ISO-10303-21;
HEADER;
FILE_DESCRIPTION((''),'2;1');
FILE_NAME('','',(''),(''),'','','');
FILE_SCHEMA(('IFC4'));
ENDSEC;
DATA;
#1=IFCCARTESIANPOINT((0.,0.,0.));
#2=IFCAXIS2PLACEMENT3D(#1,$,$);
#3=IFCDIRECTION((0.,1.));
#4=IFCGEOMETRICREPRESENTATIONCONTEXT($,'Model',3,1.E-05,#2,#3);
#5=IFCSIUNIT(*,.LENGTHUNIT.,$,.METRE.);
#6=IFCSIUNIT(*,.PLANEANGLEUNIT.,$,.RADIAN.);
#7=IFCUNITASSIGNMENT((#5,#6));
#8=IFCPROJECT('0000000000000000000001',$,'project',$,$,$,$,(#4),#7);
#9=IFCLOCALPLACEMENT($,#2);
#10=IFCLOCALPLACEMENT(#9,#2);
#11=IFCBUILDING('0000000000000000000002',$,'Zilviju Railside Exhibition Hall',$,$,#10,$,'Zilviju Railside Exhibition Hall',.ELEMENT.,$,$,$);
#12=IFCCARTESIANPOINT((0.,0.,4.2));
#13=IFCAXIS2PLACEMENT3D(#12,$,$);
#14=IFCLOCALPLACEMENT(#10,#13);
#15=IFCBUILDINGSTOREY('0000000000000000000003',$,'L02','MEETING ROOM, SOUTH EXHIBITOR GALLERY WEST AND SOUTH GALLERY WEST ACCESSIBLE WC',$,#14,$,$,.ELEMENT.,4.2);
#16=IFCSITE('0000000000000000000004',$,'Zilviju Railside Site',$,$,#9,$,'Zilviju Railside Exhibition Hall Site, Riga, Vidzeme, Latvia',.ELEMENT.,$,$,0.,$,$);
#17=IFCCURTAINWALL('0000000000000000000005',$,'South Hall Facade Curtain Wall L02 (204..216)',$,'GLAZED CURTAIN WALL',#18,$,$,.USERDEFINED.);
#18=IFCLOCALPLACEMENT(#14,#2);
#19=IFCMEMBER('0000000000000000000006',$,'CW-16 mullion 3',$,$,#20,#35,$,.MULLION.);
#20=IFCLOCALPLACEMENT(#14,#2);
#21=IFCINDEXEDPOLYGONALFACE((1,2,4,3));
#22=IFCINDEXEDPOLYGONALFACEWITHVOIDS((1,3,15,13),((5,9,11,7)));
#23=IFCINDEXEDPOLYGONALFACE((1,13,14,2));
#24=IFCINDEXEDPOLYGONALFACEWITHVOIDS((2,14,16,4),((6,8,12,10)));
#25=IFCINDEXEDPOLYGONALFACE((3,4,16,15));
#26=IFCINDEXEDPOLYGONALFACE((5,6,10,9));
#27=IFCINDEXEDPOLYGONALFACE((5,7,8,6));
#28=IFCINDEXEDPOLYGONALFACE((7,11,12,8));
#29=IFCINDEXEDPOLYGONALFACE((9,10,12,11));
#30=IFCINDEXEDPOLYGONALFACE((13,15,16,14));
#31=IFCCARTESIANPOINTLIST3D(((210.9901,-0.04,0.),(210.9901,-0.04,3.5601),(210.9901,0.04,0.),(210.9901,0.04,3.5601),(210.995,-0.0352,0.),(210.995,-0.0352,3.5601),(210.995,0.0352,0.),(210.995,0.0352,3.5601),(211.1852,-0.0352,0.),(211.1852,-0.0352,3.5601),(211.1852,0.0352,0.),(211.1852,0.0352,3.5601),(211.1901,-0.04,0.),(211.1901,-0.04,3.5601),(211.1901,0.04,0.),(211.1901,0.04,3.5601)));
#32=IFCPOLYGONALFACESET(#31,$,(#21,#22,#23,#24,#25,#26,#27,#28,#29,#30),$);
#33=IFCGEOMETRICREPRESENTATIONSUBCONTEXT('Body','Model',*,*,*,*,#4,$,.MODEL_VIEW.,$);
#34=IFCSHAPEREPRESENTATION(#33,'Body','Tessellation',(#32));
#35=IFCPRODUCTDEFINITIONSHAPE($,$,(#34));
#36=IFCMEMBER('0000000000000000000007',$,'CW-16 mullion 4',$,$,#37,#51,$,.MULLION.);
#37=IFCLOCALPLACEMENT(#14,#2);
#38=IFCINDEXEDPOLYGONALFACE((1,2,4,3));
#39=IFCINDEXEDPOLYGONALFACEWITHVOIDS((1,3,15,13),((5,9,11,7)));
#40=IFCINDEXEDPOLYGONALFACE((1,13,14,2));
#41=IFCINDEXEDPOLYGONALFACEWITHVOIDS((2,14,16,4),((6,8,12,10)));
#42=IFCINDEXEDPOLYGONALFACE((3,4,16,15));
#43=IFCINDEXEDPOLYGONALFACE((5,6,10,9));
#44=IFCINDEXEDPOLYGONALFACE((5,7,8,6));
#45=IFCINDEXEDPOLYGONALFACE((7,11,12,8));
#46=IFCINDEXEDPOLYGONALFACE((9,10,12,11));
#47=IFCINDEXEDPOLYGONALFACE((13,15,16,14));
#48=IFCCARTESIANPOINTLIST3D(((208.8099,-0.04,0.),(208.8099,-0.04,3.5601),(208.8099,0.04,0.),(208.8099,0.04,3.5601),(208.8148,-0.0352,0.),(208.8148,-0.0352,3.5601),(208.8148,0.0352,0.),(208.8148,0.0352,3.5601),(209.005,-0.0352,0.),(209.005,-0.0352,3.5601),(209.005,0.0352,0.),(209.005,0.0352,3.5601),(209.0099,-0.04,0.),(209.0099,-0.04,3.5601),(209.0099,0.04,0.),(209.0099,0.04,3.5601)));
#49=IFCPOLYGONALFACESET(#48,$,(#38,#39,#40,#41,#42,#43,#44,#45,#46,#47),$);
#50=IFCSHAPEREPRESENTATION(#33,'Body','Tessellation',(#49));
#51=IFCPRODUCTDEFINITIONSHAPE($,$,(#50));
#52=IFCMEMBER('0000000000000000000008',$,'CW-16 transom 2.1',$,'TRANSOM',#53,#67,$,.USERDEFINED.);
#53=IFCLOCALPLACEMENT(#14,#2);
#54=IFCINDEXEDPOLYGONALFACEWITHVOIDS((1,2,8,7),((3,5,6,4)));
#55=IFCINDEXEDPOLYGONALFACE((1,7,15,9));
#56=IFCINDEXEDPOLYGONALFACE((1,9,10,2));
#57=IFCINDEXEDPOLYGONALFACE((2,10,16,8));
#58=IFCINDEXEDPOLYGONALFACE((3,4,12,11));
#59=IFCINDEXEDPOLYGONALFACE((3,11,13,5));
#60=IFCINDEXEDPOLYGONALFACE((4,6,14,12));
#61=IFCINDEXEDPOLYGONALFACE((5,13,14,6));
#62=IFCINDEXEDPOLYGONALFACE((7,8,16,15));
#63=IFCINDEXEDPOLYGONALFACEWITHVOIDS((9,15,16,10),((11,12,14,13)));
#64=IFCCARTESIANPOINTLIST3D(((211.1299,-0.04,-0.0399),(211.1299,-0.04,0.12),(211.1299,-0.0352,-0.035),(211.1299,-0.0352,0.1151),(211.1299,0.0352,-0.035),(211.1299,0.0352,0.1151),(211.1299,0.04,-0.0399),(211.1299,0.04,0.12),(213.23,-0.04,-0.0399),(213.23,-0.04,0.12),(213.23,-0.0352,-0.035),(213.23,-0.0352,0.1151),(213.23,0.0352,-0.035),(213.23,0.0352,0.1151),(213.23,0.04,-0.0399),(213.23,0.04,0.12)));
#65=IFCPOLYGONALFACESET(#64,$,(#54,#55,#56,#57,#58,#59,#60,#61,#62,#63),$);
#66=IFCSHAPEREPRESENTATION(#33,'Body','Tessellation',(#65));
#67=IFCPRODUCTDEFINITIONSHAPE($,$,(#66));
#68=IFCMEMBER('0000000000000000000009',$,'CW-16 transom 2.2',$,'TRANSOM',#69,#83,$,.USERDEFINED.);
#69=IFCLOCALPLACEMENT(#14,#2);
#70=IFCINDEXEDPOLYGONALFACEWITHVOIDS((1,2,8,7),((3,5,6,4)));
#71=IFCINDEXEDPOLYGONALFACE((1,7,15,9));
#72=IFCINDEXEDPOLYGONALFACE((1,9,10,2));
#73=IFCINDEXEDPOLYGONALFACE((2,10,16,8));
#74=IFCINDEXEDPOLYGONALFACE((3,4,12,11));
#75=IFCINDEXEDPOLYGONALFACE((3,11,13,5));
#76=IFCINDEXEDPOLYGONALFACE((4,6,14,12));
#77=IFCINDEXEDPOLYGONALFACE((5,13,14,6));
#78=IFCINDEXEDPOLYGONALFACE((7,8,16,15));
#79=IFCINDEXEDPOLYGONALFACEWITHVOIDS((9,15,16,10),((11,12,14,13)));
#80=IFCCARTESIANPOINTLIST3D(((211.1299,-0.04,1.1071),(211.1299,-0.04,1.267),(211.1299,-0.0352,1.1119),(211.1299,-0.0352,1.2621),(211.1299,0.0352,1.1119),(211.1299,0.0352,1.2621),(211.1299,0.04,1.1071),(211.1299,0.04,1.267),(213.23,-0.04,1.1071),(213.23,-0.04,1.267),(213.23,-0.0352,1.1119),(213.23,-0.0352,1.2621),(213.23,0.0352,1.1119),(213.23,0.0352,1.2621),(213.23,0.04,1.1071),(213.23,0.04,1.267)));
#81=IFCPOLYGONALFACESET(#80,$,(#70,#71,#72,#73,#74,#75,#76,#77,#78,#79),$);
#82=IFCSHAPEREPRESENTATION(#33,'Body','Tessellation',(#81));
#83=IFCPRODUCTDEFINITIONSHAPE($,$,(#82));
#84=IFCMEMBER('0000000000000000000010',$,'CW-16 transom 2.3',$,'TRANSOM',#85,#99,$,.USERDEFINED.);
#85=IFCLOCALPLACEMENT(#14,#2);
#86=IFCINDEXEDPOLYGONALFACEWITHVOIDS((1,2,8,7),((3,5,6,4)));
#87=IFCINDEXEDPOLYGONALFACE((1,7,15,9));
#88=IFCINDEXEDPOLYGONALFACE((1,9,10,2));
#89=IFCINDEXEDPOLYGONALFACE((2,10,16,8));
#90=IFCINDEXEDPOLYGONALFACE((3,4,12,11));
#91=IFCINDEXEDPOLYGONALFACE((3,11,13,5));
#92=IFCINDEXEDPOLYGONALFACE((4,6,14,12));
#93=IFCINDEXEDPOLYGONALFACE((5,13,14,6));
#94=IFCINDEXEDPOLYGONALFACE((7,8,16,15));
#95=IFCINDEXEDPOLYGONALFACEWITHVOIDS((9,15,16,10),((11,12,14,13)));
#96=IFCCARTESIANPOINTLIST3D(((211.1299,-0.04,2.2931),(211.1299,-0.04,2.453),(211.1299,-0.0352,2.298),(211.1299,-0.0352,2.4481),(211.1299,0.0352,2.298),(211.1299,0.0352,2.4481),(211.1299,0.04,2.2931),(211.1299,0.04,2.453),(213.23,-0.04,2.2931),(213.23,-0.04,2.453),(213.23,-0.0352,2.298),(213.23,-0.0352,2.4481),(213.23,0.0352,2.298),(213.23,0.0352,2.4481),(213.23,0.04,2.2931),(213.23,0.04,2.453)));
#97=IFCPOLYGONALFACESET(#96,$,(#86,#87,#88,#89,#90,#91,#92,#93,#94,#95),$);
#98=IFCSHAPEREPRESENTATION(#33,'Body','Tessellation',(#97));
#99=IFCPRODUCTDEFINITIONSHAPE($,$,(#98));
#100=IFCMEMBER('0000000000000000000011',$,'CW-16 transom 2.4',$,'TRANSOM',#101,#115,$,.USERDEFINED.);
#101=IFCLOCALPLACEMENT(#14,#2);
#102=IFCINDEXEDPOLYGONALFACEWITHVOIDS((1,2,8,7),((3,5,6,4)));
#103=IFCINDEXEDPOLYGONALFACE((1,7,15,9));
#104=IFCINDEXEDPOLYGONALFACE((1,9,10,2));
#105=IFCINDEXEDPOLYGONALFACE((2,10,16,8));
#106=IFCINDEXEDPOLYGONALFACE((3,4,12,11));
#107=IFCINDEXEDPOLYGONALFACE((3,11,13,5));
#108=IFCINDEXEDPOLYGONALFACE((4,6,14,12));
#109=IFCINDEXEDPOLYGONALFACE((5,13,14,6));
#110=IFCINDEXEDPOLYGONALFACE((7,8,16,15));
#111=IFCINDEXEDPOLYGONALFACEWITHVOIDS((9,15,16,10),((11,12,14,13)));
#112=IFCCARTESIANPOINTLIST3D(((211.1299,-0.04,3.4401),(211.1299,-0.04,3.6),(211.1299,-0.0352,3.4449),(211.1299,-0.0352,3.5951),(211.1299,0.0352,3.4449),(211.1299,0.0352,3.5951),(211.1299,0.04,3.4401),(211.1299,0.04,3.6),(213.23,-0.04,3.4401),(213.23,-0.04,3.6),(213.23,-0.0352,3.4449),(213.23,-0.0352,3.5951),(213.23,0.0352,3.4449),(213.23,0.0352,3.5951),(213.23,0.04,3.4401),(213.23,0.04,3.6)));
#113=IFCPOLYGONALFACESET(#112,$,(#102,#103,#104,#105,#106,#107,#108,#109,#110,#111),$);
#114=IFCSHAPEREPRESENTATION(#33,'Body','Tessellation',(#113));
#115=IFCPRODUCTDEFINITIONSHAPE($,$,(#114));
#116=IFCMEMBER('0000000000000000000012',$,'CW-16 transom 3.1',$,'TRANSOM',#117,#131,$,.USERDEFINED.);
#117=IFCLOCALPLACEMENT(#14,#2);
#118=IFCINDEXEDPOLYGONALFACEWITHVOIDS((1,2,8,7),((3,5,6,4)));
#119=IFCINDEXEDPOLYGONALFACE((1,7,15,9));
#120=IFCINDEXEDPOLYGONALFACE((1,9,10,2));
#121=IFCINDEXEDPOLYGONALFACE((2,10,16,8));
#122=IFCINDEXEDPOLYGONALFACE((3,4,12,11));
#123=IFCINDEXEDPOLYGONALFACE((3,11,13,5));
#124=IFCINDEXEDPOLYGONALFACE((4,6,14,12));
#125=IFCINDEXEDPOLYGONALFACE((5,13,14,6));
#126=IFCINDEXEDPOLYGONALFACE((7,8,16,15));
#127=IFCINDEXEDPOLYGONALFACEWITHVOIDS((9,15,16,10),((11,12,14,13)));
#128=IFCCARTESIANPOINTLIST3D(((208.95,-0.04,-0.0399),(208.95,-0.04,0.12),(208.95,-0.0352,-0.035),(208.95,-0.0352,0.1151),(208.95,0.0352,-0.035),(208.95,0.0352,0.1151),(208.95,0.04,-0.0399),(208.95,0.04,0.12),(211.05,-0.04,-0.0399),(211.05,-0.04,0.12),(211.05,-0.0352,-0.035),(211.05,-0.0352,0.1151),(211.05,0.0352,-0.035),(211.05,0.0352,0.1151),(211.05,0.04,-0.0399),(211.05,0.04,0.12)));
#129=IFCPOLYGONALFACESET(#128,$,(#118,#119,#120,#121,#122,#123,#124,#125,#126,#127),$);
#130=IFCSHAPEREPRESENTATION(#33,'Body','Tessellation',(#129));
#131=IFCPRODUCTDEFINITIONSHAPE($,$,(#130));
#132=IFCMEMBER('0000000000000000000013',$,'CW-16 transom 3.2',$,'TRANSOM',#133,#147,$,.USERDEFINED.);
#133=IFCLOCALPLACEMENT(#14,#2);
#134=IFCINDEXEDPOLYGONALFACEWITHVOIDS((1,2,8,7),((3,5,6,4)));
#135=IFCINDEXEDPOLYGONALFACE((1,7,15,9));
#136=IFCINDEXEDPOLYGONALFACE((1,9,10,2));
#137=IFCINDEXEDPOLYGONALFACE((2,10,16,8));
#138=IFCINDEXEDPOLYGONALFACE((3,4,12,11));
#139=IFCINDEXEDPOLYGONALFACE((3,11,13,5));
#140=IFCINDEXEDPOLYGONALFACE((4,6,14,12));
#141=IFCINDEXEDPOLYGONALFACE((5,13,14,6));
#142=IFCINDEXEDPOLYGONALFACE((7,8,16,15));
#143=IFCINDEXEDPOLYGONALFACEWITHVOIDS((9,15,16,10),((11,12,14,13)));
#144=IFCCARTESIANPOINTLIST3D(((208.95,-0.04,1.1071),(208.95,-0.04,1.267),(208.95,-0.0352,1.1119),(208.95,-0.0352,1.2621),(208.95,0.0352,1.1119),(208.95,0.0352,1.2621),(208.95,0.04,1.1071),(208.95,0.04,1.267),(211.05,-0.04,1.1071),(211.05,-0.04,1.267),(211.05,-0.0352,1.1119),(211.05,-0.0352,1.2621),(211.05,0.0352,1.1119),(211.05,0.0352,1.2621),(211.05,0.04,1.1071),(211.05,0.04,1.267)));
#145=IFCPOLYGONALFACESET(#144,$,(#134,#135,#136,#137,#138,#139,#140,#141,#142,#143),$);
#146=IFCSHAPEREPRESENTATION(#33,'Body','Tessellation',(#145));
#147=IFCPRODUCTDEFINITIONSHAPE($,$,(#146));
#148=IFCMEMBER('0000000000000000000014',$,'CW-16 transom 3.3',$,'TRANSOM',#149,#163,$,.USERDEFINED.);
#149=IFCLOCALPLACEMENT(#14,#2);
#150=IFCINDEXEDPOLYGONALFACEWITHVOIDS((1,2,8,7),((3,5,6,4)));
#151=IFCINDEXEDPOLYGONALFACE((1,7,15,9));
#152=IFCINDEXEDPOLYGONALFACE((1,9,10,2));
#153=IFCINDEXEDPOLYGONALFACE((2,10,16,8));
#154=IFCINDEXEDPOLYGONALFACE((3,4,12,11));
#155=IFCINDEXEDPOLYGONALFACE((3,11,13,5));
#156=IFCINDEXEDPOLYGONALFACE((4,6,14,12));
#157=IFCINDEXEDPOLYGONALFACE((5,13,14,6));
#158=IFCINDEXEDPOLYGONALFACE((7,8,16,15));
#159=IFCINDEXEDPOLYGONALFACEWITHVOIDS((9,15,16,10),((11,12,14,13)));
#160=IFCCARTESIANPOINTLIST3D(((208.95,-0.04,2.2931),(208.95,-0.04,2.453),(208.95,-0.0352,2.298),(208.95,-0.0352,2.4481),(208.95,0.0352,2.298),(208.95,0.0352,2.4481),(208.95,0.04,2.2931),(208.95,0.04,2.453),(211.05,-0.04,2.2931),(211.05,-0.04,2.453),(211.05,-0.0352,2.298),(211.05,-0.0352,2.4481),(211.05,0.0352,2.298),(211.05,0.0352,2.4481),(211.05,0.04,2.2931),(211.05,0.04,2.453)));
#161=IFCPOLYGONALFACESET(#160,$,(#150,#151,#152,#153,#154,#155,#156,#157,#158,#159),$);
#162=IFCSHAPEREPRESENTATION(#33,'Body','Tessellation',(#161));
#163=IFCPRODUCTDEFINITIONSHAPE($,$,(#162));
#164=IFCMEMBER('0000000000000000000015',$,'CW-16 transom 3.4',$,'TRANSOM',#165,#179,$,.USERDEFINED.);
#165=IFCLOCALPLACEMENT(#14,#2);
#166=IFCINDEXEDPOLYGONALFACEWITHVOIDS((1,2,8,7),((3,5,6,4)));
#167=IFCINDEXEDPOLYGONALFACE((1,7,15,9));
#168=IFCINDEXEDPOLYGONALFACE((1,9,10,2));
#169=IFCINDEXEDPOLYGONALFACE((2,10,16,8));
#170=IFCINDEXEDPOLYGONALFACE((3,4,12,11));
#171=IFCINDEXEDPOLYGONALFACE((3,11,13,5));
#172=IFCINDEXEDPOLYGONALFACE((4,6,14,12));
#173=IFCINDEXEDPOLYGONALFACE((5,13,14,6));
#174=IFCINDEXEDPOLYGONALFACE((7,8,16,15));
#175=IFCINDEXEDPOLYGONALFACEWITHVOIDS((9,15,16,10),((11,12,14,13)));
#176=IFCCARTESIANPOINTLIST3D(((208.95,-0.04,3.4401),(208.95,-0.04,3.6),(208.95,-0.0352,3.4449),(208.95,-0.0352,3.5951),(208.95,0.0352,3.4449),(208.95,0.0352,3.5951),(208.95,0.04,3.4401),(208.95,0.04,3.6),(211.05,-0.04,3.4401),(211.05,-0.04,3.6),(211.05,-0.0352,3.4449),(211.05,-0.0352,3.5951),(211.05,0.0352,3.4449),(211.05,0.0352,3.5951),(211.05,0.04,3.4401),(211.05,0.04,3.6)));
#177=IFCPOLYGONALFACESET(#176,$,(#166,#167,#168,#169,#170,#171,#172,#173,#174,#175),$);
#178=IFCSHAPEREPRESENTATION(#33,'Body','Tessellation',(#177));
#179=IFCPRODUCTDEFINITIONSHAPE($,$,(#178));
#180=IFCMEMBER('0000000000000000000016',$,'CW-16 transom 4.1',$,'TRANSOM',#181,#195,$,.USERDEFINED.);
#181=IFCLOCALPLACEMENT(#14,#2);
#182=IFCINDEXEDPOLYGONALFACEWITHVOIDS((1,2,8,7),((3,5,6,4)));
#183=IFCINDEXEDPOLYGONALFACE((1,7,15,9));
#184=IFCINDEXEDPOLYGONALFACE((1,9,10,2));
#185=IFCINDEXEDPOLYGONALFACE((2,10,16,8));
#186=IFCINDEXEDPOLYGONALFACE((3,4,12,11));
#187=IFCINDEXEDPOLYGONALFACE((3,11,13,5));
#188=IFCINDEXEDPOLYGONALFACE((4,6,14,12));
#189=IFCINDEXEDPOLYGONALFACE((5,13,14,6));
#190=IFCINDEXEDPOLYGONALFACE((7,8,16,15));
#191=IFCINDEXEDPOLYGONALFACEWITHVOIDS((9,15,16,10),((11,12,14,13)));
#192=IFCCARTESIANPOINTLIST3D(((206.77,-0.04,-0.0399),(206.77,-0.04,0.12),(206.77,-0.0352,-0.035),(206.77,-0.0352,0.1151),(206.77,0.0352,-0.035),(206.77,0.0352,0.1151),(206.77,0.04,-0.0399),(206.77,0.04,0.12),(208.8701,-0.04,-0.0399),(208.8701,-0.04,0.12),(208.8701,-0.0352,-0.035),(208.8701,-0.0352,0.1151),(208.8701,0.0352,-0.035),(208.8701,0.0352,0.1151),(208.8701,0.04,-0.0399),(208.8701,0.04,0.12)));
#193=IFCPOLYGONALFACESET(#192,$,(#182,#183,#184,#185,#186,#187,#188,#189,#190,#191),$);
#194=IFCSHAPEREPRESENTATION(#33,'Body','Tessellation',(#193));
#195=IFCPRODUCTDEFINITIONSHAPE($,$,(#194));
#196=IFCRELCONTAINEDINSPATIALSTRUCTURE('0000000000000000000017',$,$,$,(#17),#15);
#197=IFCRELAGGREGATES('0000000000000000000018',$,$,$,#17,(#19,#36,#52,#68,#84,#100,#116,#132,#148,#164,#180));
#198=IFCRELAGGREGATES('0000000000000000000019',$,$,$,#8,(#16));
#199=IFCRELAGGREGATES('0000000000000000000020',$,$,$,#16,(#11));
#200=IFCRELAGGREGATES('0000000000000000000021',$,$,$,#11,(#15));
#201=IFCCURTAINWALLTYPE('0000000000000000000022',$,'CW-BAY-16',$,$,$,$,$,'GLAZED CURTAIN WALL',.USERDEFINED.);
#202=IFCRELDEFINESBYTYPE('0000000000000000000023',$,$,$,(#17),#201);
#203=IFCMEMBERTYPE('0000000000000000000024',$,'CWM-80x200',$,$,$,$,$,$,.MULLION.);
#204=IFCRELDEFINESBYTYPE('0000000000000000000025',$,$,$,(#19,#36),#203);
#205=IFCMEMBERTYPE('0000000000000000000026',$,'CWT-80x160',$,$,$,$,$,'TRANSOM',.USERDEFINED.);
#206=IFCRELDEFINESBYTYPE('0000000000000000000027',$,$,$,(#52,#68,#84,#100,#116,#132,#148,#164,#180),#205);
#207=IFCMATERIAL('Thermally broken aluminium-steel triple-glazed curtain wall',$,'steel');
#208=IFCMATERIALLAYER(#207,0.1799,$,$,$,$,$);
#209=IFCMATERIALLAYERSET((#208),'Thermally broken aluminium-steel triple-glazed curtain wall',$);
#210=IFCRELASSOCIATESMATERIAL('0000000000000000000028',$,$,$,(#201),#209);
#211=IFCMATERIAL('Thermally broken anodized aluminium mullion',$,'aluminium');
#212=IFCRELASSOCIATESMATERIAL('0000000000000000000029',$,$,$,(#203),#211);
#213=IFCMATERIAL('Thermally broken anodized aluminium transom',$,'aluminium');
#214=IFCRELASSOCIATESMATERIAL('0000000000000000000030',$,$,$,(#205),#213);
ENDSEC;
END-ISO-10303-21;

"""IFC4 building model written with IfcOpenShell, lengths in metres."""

from ifc_helpers import new_model, si_unit, direction, frame, origin, origin_2d, place, context, subcontext, project, spatial, hollow_rectangle, extrude, material, layer, layer_set, material_profile, profile_set, type_object, element, aggregate, save


model = new_model("IFC4")

# Units and contexts
model_context = context("Model", 3, precision=1e-05, world=origin(), true_north=direction((0.0, 1.0)))
body_context = subcontext(model_context, "Body", "Model", "MODEL_VIEW")
ifc_project = project(units=[si_unit("LENGTHUNIT", "METRE"), si_unit("PLANEANGLEUNIT", "RADIAN")], contexts=[model_context])

# Site, building, storey
site_placement = place(None, origin())
site = spatial("IfcSite", under=ifc_project, at=site_placement, Name="Zilviju Railside Site", LongName="Zilviju Railside Exhibition Hall Site, Riga, Vidzeme, Latvia", CompositionType="ELEMENT", RefElevation=0.0)
building_placement = place(site_placement, origin())
building = spatial("IfcBuilding", under=site, at=building_placement, Name="Zilviju Railside Exhibition Hall", LongName="Zilviju Railside Exhibition Hall", CompositionType="ELEMENT")
storey_placement = place(building_placement, frame((0.0, 0.0, 4.2)))
storey = spatial("IfcBuildingStorey", under=building, at=storey_placement, Name="L02", Description="MEETING ROOM, SOUTH EXHIBITOR GALLERY WEST AND SOUTH GALLERY WEST ACCESSIBLE WC", CompositionType="ELEMENT", Elevation=4.2)

# Curtain wall, members
ifc_material_1 = material(Name="Thermally broken aluminium-steel triple-glazed curtain wall", Category="steel")
ifc_layer_1 = layer(ifc_material_1, 0.1799)
ifc_layer_set_1 = layer_set([ifc_layer_1], Name="Thermally broken aluminium-steel triple-glazed curtain wall")
curtain_wall_type = type_object("IfcCurtainWallType", Name="CW-BAY-16", ElementType="GLAZED CURTAIN WALL", PredefinedType="USERDEFINED", material=ifc_layer_set_1)
curtain_wall_placement = place(storey_placement, origin())
curtain_wall = element("IfcCurtainWall", 1, at=curtain_wall_placement, inside=storey, type_object=curtain_wall_type, Name="South Hall Facade Curtain Wall L02 (204..216)", ObjectType="GLAZED CURTAIN WALL", PredefinedType="USERDEFINED")
ifc_material_2 = material(Name="Thermally broken anodized aluminium mullion", Category="aluminium")
ifc_material_profile_1 = material_profile(ifc_material_2, hollow_rectangle(XDim=0.0801, YDim=0.2, WallThickness=0.0049, at=origin_2d()), Name="MULLION 200x80x5")
ifc_profile_set_1 = profile_set([ifc_material_profile_1], Name="Thermally broken anodized aluminium mullion")
member_type_1 = type_object("IfcMemberType", Name="CWM-80x200", PredefinedType="MULLION", material=ifc_profile_set_1)
member_1_placement = place(storey_placement, frame((211.0901, 0.0, 0.0), z_axis=(0.0, 0.0, 1.0), x_axis=(0.0, -1.0, 0.0)))
member_1 = element("IfcMember", 2, at=member_1_placement, type_object=member_type_1, Name="CW-16 mullion 3", PredefinedType="MULLION", context=body_context, shape_type="SweptSolid", body=[
    extrude(hollow_rectangle(XDim=0.0801, YDim=0.2, WallThickness=0.0049, at=origin_2d()), origin(), (0.0, 0.0, 1.0), 3.5601),
])
member_2_placement = place(storey_placement, frame((208.9099, 0.0, 0.0), z_axis=(0.0, 0.0, 1.0), x_axis=(0.0, -1.0, 0.0)))
member_2 = element("IfcMember", 3, at=member_2_placement, type_object=member_type_1, Name="CW-16 mullion 4", PredefinedType="MULLION", context=body_context, shape_type="SweptSolid", body=[
    extrude(hollow_rectangle(XDim=0.0801, YDim=0.2, WallThickness=0.0049, at=origin_2d()), origin(), (0.0, 0.0, 1.0), 3.5601),
])
ifc_material_3 = material(Name="Thermally broken anodized aluminium transom", Category="aluminium")
ifc_material_profile_2 = material_profile(ifc_material_3, hollow_rectangle(XDim=0.0801, YDim=0.1599, WallThickness=0.0049, at=origin_2d()), Name="TRANSOM 160x80x5")
ifc_profile_set_2 = profile_set([ifc_material_profile_2], Name="Thermally broken anodized aluminium transom")
member_type_2 = type_object("IfcMemberType", Name="CWT-80x160", ElementType="TRANSOM", PredefinedType="USERDEFINED", material=ifc_profile_set_2)
member_3_placement = place(storey_placement, frame((213.23, 0.0, 0.04), z_axis=(-1.0, 0.0, 0.0), x_axis=(0.0, -1.0, 0.0)))
member_3 = element("IfcMember", 4, at=member_3_placement, type_object=member_type_2, Name="CW-16 transom 2.1", ObjectType="TRANSOM", PredefinedType="USERDEFINED", context=body_context, shape_type="SweptSolid", body=[
    extrude(hollow_rectangle(XDim=0.0801, YDim=0.1599, WallThickness=0.0049, at=origin_2d()), origin(), (0.0, 0.0, 1.0), 2.1001),
])
member_4_placement = place(storey_placement, frame((213.23, 0.0, 1.187), z_axis=(-1.0, 0.0, 0.0), x_axis=(0.0, -1.0, 0.0)))
member_4 = element("IfcMember", 5, at=member_4_placement, type_object=member_type_2, Name="CW-16 transom 2.2", ObjectType="TRANSOM", PredefinedType="USERDEFINED", context=body_context, shape_type="SweptSolid", body=[
    extrude(hollow_rectangle(XDim=0.0801, YDim=0.1599, WallThickness=0.0049, at=origin_2d()), origin(), (0.0, 0.0, 1.0), 2.1001),
])
member_5_placement = place(storey_placement, frame((213.23, 0.0, 2.373), z_axis=(-1.0, 0.0, 0.0), x_axis=(0.0, -1.0, 0.0)))
member_5 = element("IfcMember", 6, at=member_5_placement, type_object=member_type_2, Name="CW-16 transom 2.3", ObjectType="TRANSOM", PredefinedType="USERDEFINED", context=body_context, shape_type="SweptSolid", body=[
    extrude(hollow_rectangle(XDim=0.0801, YDim=0.1599, WallThickness=0.0049, at=origin_2d()), origin(), (0.0, 0.0, 1.0), 2.1001),
])
member_6_placement = place(storey_placement, frame((213.23, 0.0, 3.52), z_axis=(-1.0, 0.0, 0.0), x_axis=(0.0, -1.0, 0.0)))
member_6 = element("IfcMember", 7, at=member_6_placement, type_object=member_type_2, Name="CW-16 transom 2.4", ObjectType="TRANSOM", PredefinedType="USERDEFINED", context=body_context, shape_type="SweptSolid", body=[
    extrude(hollow_rectangle(XDim=0.0801, YDim=0.1599, WallThickness=0.0049, at=origin_2d()), origin(), (0.0, 0.0, 1.0), 2.1001),
])
member_7_placement = place(storey_placement, frame((211.05, 0.0, 0.04), z_axis=(-1.0, 0.0, 0.0), x_axis=(0.0, -1.0, 0.0)))
member_7 = element("IfcMember", 8, at=member_7_placement, type_object=member_type_2, Name="CW-16 transom 3.1", ObjectType="TRANSOM", PredefinedType="USERDEFINED", context=body_context, shape_type="SweptSolid", body=[
    extrude(hollow_rectangle(XDim=0.0801, YDim=0.1599, WallThickness=0.0049, at=origin_2d()), origin(), (0.0, 0.0, 1.0), 2.1001),
])
member_8_placement = place(storey_placement, frame((211.05, 0.0, 1.187), z_axis=(-1.0, 0.0, 0.0), x_axis=(0.0, -1.0, 0.0)))
member_8 = element("IfcMember", 9, at=member_8_placement, type_object=member_type_2, Name="CW-16 transom 3.2", ObjectType="TRANSOM", PredefinedType="USERDEFINED", context=body_context, shape_type="SweptSolid", body=[
    extrude(hollow_rectangle(XDim=0.0801, YDim=0.1599, WallThickness=0.0049, at=origin_2d()), origin(), (0.0, 0.0, 1.0), 2.1001),
])
member_9_placement = place(storey_placement, frame((211.05, 0.0, 2.373), z_axis=(-1.0, 0.0, 0.0), x_axis=(0.0, -1.0, 0.0)))
member_9 = element("IfcMember", 10, at=member_9_placement, type_object=member_type_2, Name="CW-16 transom 3.3", ObjectType="TRANSOM", PredefinedType="USERDEFINED", context=body_context, shape_type="SweptSolid", body=[
    extrude(hollow_rectangle(XDim=0.0801, YDim=0.1599, WallThickness=0.0049, at=origin_2d()), origin(), (0.0, 0.0, 1.0), 2.1001),
])
member_10_placement = place(storey_placement, frame((211.05, 0.0, 3.52), z_axis=(-1.0, 0.0, 0.0), x_axis=(0.0, -1.0, 0.0)))
member_10 = element("IfcMember", 11, at=member_10_placement, type_object=member_type_2, Name="CW-16 transom 3.4", ObjectType="TRANSOM", PredefinedType="USERDEFINED", context=body_context, shape_type="SweptSolid", body=[
    extrude(hollow_rectangle(XDim=0.0801, YDim=0.1599, WallThickness=0.0049, at=origin_2d()), origin(), (0.0, 0.0, 1.0), 2.1001),
])
member_11_placement = place(storey_placement, frame((208.8701, 0.0, 0.04), z_axis=(-1.0, 0.0, 0.0), x_axis=(0.0, -1.0, 0.0)))
member_11 = element("IfcMember", 12, at=member_11_placement, type_object=member_type_2, Name="CW-16 transom 4.1", ObjectType="TRANSOM", PredefinedType="USERDEFINED", context=body_context, shape_type="SweptSolid", body=[
    extrude(hollow_rectangle(XDim=0.0801, YDim=0.1599, WallThickness=0.0049, at=origin_2d()), origin(), (0.0, 0.0, 1.0), 2.1001),
])
aggregate(curtain_wall, [member_1, member_2, member_3, member_4, member_5, member_6, member_7, member_8, member_9, member_10, member_11])

save(model, "model.ifc")
